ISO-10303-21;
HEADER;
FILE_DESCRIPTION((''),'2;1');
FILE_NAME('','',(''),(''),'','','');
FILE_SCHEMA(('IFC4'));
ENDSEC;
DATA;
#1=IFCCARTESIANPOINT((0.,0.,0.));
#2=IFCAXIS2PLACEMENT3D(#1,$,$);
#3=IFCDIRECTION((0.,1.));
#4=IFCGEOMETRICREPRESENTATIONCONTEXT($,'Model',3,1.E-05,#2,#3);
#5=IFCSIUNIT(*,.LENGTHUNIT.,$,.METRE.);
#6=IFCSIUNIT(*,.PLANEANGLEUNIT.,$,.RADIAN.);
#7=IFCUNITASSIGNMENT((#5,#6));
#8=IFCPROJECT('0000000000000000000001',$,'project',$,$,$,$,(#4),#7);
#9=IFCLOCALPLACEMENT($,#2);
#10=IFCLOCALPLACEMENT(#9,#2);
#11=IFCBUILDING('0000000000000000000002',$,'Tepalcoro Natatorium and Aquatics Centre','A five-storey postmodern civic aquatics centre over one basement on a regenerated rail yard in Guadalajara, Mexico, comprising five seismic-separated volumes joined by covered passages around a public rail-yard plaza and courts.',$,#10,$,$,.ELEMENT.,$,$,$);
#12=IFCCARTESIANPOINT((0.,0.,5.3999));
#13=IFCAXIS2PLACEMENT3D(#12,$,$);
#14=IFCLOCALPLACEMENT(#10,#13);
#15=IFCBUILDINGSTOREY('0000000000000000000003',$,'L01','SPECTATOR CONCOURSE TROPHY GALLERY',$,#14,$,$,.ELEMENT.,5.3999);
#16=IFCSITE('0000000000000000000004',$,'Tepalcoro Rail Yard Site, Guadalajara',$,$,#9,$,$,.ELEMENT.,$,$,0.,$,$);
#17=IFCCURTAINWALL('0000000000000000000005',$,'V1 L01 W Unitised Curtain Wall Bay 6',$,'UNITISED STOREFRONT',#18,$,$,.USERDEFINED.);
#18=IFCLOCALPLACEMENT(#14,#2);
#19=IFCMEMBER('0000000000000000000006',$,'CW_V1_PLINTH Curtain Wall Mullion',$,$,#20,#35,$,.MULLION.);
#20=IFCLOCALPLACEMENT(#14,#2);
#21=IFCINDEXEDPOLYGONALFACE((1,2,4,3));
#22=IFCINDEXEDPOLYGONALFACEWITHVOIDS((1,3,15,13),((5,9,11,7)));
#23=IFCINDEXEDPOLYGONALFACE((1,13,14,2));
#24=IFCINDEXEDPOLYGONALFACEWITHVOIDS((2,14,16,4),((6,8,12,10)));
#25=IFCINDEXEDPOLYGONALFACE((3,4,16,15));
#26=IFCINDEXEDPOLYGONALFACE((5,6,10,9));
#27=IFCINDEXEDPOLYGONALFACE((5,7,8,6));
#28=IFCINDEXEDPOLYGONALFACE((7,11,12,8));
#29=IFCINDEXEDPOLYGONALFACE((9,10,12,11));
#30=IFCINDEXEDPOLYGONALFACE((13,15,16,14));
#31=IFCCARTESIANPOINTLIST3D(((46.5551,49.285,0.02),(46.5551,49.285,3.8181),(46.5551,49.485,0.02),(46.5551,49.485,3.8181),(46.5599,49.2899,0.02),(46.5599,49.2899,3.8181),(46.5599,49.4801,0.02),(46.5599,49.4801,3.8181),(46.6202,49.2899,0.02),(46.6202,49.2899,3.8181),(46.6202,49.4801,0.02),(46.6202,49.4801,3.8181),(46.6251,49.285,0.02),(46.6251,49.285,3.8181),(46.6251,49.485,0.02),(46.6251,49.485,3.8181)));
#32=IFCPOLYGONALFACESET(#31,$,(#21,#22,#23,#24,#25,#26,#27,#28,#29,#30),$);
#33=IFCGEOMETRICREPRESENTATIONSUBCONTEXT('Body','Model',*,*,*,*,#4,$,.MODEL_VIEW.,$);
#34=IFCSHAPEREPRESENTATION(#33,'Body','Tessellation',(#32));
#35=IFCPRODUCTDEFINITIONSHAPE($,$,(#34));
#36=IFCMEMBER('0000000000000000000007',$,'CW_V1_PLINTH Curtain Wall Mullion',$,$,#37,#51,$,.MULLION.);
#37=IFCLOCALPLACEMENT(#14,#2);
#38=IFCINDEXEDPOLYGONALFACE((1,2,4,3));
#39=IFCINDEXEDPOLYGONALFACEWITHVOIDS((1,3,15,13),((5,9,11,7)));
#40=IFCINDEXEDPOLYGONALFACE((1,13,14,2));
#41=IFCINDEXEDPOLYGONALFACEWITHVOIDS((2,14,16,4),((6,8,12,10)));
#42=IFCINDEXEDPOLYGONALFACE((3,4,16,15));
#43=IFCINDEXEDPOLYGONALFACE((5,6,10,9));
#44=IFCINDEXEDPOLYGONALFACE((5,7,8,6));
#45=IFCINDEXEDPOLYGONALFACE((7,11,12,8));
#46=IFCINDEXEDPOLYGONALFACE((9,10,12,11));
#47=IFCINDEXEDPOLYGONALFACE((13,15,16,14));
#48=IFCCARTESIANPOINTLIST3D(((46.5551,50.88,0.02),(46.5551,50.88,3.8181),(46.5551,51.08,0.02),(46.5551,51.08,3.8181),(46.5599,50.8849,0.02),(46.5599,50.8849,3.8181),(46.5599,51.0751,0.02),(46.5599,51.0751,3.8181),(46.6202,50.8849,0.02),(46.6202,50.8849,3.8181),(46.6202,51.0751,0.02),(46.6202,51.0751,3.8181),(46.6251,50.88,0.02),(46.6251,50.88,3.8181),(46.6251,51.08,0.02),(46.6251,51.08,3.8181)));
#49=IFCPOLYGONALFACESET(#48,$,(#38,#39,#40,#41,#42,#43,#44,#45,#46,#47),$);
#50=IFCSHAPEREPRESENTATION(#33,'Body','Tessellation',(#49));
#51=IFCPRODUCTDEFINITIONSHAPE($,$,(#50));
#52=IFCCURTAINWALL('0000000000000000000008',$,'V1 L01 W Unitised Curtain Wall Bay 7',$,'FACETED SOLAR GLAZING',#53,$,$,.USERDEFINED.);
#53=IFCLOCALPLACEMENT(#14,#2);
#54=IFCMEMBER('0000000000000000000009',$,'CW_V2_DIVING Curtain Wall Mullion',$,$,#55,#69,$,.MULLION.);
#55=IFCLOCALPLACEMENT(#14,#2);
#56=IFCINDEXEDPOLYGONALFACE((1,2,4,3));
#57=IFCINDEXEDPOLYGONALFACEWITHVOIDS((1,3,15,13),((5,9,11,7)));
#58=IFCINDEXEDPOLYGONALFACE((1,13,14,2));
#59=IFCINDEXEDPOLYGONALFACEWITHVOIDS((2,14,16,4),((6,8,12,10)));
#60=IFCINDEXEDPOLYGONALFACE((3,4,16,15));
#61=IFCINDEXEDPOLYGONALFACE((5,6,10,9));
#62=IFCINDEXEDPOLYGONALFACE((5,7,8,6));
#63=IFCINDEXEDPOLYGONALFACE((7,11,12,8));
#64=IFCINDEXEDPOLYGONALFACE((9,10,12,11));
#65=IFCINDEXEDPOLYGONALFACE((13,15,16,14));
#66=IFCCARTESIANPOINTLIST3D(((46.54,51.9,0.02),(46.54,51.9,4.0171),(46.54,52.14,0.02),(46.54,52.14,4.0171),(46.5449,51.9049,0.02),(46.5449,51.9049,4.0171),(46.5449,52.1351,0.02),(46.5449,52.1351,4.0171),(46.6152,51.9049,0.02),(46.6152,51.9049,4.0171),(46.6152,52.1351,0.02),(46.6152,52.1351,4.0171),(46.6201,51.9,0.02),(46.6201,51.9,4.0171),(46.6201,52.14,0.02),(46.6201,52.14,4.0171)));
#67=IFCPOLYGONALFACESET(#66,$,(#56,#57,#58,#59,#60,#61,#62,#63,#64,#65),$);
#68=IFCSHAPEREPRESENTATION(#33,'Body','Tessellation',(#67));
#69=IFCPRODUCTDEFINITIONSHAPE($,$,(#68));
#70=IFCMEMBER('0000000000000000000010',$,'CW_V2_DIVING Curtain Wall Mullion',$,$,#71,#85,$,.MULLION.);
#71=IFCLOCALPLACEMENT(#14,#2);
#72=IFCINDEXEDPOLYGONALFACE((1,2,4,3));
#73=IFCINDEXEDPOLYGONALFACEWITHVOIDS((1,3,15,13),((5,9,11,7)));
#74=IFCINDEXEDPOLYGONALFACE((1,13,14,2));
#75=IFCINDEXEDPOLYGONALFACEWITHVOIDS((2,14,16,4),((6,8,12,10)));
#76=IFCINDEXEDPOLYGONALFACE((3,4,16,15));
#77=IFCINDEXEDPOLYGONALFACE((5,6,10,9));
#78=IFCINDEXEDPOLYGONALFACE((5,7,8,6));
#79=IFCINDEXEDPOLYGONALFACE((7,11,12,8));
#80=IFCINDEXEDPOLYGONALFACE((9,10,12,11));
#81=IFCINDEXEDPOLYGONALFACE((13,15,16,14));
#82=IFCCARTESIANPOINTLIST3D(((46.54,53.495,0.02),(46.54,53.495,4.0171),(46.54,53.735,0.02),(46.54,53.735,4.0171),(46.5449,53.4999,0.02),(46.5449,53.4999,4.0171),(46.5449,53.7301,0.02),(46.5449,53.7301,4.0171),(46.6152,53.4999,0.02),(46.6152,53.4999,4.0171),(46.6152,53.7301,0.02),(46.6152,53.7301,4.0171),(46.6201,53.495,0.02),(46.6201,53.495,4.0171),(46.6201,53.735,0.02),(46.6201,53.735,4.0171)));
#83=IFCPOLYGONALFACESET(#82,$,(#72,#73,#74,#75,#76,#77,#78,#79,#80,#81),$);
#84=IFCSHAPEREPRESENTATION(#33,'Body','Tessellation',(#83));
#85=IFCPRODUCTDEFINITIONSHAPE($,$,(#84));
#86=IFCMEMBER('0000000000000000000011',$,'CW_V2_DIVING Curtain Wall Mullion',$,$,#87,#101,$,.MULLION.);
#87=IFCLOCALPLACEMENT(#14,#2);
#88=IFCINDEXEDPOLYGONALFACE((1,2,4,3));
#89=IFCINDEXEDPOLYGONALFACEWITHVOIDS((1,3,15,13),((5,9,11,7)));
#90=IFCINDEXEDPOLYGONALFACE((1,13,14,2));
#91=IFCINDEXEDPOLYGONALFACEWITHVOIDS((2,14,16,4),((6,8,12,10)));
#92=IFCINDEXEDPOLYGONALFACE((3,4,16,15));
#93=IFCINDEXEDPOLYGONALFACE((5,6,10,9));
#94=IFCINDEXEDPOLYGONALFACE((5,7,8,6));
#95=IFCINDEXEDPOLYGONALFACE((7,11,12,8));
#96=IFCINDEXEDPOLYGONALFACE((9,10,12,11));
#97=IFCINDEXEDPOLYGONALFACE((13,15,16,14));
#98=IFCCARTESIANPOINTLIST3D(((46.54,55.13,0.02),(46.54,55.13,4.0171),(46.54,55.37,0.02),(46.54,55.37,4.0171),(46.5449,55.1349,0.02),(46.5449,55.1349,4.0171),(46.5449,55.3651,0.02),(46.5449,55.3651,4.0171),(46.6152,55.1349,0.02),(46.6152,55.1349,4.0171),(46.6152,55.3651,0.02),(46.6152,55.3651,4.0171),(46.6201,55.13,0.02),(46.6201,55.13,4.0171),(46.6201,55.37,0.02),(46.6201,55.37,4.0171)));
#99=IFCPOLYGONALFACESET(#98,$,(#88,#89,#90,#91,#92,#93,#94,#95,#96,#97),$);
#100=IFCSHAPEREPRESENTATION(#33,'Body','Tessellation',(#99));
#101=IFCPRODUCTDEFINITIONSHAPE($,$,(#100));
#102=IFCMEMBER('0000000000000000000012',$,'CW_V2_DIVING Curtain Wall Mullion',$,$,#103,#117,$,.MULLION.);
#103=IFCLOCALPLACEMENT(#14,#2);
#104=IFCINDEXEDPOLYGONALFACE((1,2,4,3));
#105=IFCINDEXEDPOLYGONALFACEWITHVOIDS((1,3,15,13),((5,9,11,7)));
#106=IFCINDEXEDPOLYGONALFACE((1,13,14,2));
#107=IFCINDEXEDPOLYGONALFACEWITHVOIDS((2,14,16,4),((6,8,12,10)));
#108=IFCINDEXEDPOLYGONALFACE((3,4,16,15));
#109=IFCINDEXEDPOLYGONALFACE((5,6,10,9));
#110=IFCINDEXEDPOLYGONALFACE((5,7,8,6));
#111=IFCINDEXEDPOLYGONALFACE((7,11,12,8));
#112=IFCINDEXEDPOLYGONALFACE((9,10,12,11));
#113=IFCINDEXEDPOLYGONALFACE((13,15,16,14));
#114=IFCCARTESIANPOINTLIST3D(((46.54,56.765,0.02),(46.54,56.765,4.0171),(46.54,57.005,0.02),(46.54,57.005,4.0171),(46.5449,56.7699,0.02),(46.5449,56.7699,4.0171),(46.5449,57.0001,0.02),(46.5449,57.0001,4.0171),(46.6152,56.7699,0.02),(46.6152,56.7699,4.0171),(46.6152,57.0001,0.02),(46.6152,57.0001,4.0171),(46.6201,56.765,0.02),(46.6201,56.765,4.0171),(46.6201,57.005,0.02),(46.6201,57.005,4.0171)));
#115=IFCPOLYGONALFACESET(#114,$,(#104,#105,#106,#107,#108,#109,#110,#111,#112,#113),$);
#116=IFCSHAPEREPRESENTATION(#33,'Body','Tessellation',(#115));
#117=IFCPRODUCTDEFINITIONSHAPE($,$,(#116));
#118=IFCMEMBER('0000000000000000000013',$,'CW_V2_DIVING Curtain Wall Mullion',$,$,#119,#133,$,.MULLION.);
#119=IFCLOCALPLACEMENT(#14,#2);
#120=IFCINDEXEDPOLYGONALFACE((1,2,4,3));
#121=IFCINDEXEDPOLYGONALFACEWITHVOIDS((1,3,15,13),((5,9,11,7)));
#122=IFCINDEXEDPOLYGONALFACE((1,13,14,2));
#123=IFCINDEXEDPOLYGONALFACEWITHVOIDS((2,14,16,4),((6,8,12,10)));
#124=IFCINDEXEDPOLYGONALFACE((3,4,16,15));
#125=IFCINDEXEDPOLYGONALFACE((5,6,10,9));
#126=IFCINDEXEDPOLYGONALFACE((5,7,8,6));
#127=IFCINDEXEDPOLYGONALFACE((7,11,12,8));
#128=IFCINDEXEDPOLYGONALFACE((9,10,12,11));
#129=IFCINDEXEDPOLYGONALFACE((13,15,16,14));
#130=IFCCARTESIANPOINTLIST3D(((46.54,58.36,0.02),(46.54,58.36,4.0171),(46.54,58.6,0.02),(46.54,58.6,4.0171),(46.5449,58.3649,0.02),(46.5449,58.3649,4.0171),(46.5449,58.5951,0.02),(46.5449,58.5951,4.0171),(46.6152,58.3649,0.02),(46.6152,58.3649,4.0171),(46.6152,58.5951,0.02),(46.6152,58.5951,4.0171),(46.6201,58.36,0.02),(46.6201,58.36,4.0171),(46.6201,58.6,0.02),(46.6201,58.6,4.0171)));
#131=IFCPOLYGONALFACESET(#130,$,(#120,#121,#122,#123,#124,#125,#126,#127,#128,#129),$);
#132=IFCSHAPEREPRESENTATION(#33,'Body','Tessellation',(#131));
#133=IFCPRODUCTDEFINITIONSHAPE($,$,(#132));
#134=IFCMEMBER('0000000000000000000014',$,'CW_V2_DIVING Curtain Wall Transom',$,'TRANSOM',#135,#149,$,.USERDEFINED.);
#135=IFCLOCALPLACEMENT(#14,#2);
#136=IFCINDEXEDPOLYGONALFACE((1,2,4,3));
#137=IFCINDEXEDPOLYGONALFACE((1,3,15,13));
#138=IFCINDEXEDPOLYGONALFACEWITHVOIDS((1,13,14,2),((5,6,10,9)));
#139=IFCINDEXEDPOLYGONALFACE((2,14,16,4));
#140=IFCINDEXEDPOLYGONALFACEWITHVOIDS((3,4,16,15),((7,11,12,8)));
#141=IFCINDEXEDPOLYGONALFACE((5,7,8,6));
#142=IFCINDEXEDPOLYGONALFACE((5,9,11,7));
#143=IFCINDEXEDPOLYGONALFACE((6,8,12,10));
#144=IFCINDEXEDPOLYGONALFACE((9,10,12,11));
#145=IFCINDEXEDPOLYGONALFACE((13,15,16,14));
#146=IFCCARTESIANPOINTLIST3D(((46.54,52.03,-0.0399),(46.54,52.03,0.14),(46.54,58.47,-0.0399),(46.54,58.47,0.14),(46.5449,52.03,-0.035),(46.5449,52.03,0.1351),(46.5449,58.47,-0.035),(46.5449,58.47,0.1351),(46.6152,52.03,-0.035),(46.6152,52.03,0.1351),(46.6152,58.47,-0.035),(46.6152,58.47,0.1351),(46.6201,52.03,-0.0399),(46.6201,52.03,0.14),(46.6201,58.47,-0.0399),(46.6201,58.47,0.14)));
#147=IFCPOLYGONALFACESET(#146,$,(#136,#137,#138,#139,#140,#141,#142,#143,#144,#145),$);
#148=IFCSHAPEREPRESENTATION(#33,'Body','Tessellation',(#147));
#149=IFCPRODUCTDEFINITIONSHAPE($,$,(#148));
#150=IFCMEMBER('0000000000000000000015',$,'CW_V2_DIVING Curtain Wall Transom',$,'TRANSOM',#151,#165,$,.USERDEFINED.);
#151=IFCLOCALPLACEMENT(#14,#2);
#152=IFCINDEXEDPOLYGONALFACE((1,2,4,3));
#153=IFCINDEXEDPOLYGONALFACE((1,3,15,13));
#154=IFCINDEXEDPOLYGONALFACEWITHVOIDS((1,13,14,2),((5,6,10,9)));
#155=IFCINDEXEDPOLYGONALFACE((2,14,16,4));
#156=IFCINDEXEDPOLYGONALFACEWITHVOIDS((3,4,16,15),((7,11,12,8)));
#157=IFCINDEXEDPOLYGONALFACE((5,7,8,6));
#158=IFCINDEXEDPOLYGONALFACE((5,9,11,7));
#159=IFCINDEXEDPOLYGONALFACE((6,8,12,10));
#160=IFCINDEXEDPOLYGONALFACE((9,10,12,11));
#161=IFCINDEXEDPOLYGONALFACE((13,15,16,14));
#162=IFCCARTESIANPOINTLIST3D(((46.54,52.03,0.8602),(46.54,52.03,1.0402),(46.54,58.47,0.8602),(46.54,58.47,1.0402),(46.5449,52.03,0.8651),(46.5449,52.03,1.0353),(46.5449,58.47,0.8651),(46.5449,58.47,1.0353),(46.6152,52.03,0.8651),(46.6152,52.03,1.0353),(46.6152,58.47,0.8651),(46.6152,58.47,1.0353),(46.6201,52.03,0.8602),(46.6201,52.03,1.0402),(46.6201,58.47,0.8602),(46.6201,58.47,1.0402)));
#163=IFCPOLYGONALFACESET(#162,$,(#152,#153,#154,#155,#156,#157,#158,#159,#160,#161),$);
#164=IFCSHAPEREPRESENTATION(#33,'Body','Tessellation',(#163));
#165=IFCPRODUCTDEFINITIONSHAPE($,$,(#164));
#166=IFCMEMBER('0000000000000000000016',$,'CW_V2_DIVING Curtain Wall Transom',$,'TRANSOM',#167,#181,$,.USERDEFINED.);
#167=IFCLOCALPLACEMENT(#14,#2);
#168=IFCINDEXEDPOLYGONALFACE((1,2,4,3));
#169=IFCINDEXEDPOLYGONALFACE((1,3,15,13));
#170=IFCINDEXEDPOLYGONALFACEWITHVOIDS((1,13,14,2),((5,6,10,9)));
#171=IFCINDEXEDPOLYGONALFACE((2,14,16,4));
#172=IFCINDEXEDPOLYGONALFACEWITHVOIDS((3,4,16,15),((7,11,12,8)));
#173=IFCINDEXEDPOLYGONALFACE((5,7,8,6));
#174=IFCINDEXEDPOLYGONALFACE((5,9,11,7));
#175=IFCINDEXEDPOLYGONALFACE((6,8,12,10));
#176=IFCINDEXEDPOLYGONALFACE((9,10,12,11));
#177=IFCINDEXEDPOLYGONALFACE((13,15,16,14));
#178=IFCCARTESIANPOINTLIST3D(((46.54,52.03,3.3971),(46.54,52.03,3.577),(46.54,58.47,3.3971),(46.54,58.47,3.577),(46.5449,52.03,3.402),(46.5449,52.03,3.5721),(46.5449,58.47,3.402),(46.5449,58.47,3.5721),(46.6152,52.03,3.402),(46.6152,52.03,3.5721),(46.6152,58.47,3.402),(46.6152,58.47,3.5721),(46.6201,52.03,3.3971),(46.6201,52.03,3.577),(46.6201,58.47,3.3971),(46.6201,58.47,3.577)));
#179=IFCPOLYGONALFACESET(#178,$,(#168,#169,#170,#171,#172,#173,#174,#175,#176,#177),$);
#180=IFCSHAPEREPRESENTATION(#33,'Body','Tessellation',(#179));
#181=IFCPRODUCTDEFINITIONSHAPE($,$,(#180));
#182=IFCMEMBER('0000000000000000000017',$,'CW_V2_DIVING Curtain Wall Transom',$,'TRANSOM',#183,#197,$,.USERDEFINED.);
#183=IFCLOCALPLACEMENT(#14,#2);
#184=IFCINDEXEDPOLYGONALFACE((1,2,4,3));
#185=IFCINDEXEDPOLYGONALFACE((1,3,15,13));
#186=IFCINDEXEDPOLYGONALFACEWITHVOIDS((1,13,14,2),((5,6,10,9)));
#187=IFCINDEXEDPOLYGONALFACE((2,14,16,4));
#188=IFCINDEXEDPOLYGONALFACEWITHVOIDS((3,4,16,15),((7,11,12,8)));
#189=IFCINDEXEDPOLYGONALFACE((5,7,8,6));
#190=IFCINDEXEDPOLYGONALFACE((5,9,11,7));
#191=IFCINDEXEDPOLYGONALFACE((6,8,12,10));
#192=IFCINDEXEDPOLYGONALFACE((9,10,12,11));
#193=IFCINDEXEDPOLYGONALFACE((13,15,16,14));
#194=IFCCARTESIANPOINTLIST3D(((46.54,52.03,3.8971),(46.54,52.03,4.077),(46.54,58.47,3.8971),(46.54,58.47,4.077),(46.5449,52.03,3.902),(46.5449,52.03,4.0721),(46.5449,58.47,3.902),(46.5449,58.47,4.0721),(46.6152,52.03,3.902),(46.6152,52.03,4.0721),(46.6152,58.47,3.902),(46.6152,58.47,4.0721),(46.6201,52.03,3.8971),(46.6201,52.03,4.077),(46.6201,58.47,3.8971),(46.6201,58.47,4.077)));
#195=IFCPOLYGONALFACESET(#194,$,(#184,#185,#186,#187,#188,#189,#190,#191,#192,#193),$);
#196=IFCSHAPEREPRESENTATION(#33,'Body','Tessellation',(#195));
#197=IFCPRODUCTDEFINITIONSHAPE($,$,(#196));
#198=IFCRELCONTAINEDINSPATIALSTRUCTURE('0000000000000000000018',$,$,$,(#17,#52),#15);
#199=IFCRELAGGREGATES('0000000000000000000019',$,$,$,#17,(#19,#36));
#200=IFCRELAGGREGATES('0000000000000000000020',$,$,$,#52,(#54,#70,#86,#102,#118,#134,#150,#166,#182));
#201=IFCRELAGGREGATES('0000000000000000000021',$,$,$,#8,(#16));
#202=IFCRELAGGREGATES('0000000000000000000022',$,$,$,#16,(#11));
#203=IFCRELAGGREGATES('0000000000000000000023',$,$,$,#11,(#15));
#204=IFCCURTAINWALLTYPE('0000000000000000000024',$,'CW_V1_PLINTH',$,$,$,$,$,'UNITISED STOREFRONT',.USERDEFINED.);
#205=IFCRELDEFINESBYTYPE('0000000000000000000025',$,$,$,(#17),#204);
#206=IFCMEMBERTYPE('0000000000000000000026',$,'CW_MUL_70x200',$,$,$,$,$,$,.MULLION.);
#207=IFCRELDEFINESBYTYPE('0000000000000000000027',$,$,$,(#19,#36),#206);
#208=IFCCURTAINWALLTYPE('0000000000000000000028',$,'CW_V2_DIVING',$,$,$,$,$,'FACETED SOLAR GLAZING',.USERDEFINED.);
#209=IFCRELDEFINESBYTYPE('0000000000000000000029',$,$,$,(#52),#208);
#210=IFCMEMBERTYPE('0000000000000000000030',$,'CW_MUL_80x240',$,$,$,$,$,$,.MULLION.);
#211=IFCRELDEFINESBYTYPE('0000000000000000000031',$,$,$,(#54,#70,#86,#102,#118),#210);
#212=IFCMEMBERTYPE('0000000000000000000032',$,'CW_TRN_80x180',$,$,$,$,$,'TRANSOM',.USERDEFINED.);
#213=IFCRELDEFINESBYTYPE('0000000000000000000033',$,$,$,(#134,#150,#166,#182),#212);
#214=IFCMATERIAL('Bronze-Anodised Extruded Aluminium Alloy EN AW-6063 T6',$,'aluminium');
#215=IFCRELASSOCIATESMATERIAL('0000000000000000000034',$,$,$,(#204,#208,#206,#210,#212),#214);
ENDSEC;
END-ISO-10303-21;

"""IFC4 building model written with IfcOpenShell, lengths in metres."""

from ifc_helpers import new_model, si_unit, direction, frame, origin, origin_2d, place, context, subcontext, project, spatial, hollow_rectangle, extrude, material, material_profile, profile_set, type_object, element, aggregate, save


model = new_model("IFC4")

# Units and contexts
model_context = context("Model", 3, precision=1e-05, world=origin(), true_north=direction((0.0, 1.0)))
body_context = subcontext(model_context, "Body", "Model", "MODEL_VIEW")
ifc_project = project(units=[si_unit("LENGTHUNIT", "METRE"), si_unit("PLANEANGLEUNIT", "RADIAN")], contexts=[model_context])

# Site, building, storey
site_placement = place(None, origin())
site = spatial("IfcSite", under=ifc_project, at=site_placement, Name="Tepalcoro Rail Yard Site, Guadalajara", CompositionType="ELEMENT", RefElevation=0.0)
building_placement = place(site_placement, origin())
building = spatial("IfcBuilding", under=site, at=building_placement, Name="Tepalcoro Natatorium and Aquatics Centre", Description="A five-storey postmodern civic aquatics centre over one basement on a regenerated rail yard in Guadalajara, Mexico, comprising five seismic-separated volumes joined by covered passages around a public rail-yard plaza and courts.", CompositionType="ELEMENT")
storey_placement = place(building_placement, frame((0.0, 0.0, 5.3999)))
storey = spatial("IfcBuildingStorey", under=building, at=storey_placement, Name="L01", Description="SPECTATOR CONCOURSE TROPHY GALLERY", CompositionType="ELEMENT", Elevation=5.3999)

# Curtain wall, members
ifc_material_1 = material(Name="Bronze-Anodised Extruded Aluminium Alloy EN AW-6063 T6", Category="aluminium")
curtain_wall_type_1 = type_object("IfcCurtainWallType", Name="CW_V1_PLINTH", ElementType="UNITISED STOREFRONT", PredefinedType="USERDEFINED", material=ifc_material_1)
curtain_wall_1_placement = place(storey_placement, origin())
curtain_wall_1 = element("IfcCurtainWall", 1, at=curtain_wall_1_placement, inside=storey, type_object=curtain_wall_type_1, Name="V1 L01 W Unitised Curtain Wall Bay 6", ObjectType="UNITISED STOREFRONT", PredefinedType="USERDEFINED")
ifc_material_profile_1 = material_profile(ifc_material_1, hollow_rectangle(XDim=0.0701, YDim=0.2, WallThickness=0.0049, at=origin_2d()), Name="AL70X200X5")
ifc_profile_set_1 = profile_set([ifc_material_profile_1], Name="Bronze-Anodised Extruded Aluminium Alloy EN AW-6063 T6")
member_type_1 = type_object("IfcMemberType", Name="CW_MUL_70x200", PredefinedType="MULLION", material=ifc_profile_set_1)
member_1_placement = place(storey_placement, frame((46.5901, 49.385, 0.02), z_axis=(0.0, 0.0, 1.0), x_axis=(1.0, 0.0, 0.0)))
member_1 = element("IfcMember", 2, at=member_1_placement, type_object=member_type_1, Name="CW_V1_PLINTH Curtain Wall Mullion", PredefinedType="MULLION", context=body_context, shape_type="SweptSolid", body=[
    extrude(hollow_rectangle(XDim=0.0701, YDim=0.2, WallThickness=0.0049, at=origin_2d()), origin(), (0.0, 0.0, 1.0), 3.7981),
])
member_2_placement = place(storey_placement, frame((46.5901, 50.98, 0.02), z_axis=(0.0, 0.0, 1.0), x_axis=(1.0, 0.0, 0.0)))
member_2 = element("IfcMember", 3, at=member_2_placement, type_object=member_type_1, Name="CW_V1_PLINTH Curtain Wall Mullion", PredefinedType="MULLION", context=body_context, shape_type="SweptSolid", body=[
    extrude(hollow_rectangle(XDim=0.0701, YDim=0.2, WallThickness=0.0049, at=origin_2d()), origin(), (0.0, 0.0, 1.0), 3.7981),
])

# Curtain wall, members
curtain_wall_type_2 = type_object("IfcCurtainWallType", Name="CW_V2_DIVING", ElementType="FACETED SOLAR GLAZING", PredefinedType="USERDEFINED", material=ifc_material_1)
curtain_wall_2_placement = place(storey_placement, origin())
curtain_wall_2 = element("IfcCurtainWall", 4, at=curtain_wall_2_placement, inside=storey, type_object=curtain_wall_type_2, Name="V1 L01 W Unitised Curtain Wall Bay 7", ObjectType="FACETED SOLAR GLAZING", PredefinedType="USERDEFINED")
ifc_material_profile_2 = material_profile(ifc_material_1, hollow_rectangle(XDim=0.0801, YDim=0.24, WallThickness=0.0049, at=origin_2d()), Name="AL80X240X5")
ifc_profile_set_2 = profile_set([ifc_material_profile_2], Name="Bronze-Anodised Extruded Aluminium Alloy EN AW-6063 T6")
member_type_2 = type_object("IfcMemberType", Name="CW_MUL_80x240", PredefinedType="MULLION", material=ifc_profile_set_2)
member_3_placement = place(storey_placement, frame((46.5801, 52.02, 0.02), z_axis=(0.0, 0.0, 1.0), x_axis=(1.0, 0.0, 0.0)))
member_3 = element("IfcMember", 5, at=member_3_placement, type_object=member_type_2, Name="CW_V2_DIVING Curtain Wall Mullion", PredefinedType="MULLION", context=body_context, shape_type="SweptSolid", body=[
    extrude(hollow_rectangle(XDim=0.0801, YDim=0.24, WallThickness=0.0049, at=origin_2d()), origin(), (0.0, 0.0, 1.0), 3.9971),
])
member_4_placement = place(storey_placement, frame((46.5801, 53.615, 0.02), z_axis=(0.0, 0.0, 1.0), x_axis=(1.0, 0.0, 0.0)))
member_4 = element("IfcMember", 6, at=member_4_placement, type_object=member_type_2, Name="CW_V2_DIVING Curtain Wall Mullion", PredefinedType="MULLION", context=body_context, shape_type="SweptSolid", body=[
    extrude(hollow_rectangle(XDim=0.0801, YDim=0.24, WallThickness=0.0049, at=origin_2d()), origin(), (0.0, 0.0, 1.0), 3.9971),
])
member_5_placement = place(storey_placement, frame((46.5801, 55.25, 0.02), z_axis=(0.0, 0.0, 1.0), x_axis=(1.0, 0.0, 0.0)))
member_5 = element("IfcMember", 7, at=member_5_placement, type_object=member_type_2, Name="CW_V2_DIVING Curtain Wall Mullion", PredefinedType="MULLION", context=body_context, shape_type="SweptSolid", body=[
    extrude(hollow_rectangle(XDim=0.0801, YDim=0.24, WallThickness=0.0049, at=origin_2d()), origin(), (0.0, 0.0, 1.0), 3.9971),
])
member_6_placement = place(storey_placement, frame((46.5801, 56.885, 0.02), z_axis=(0.0, 0.0, 1.0), x_axis=(1.0, 0.0, 0.0)))
member_6 = element("IfcMember", 8, at=member_6_placement, type_object=member_type_2, Name="CW_V2_DIVING Curtain Wall Mullion", PredefinedType="MULLION", context=body_context, shape_type="SweptSolid", body=[
    extrude(hollow_rectangle(XDim=0.0801, YDim=0.24, WallThickness=0.0049, at=origin_2d()), origin(), (0.0, 0.0, 1.0), 3.9971),
])
member_7_placement = place(storey_placement, frame((46.5801, 58.48, 0.02), z_axis=(0.0, 0.0, 1.0), x_axis=(1.0, 0.0, 0.0)))
member_7 = element("IfcMember", 9, at=member_7_placement, type_object=member_type_2, Name="CW_V2_DIVING Curtain Wall Mullion", PredefinedType="MULLION", context=body_context, shape_type="SweptSolid", body=[
    extrude(hollow_rectangle(XDim=0.0801, YDim=0.24, WallThickness=0.0049, at=origin_2d()), origin(), (0.0, 0.0, 1.0), 3.9971),
])
ifc_material_profile_3 = material_profile(ifc_material_1, hollow_rectangle(XDim=0.0801, YDim=0.1799, WallThickness=0.0049, at=origin_2d()), Name="AL80X180X5")
ifc_profile_set_3 = profile_set([ifc_material_profile_3], Name="Bronze-Anodised Extruded Aluminium Alloy EN AW-6063 T6")
member_type_3 = type_object("IfcMemberType", Name="CW_TRN_80x180", ElementType="TRANSOM", PredefinedType="USERDEFINED", material=ifc_profile_set_3)
member_8_placement = place(storey_placement, frame((46.5801, 52.03, 0.05), z_axis=(0.0, 1.0, 0.0), x_axis=(-1.0, 0.0, 0.0)))
member_8 = element("IfcMember", 10, at=member_8_placement, type_object=member_type_3, Name="CW_V2_DIVING Curtain Wall Transom", ObjectType="TRANSOM", PredefinedType="USERDEFINED", context=body_context, shape_type="SweptSolid", body=[
    extrude(hollow_rectangle(XDim=0.0801, YDim=0.1799, WallThickness=0.0049, at=origin_2d()), origin(), (0.0, 0.0, 1.0), 6.4399),
])
member_9_placement = place(storey_placement, frame((46.5801, 52.03, 0.9502), z_axis=(0.0, 1.0, 0.0), x_axis=(-1.0, 0.0, 0.0)))
member_9 = element("IfcMember", 11, at=member_9_placement, type_object=member_type_3, Name="CW_V2_DIVING Curtain Wall Transom", ObjectType="TRANSOM", PredefinedType="USERDEFINED", context=body_context, shape_type="SweptSolid", body=[
    extrude(hollow_rectangle(XDim=0.0801, YDim=0.1799, WallThickness=0.0049, at=origin_2d()), origin(), (0.0, 0.0, 1.0), 6.4399),
])
member_10_placement = place(storey_placement, frame((46.5801, 52.03, 3.4871), z_axis=(0.0, 1.0, 0.0), x_axis=(-1.0, 0.0, 0.0)))
member_10 = element("IfcMember", 12, at=member_10_placement, type_object=member_type_3, Name="CW_V2_DIVING Curtain Wall Transom", ObjectType="TRANSOM", PredefinedType="USERDEFINED", context=body_context, shape_type="SweptSolid", body=[
    extrude(hollow_rectangle(XDim=0.0801, YDim=0.1799, WallThickness=0.0049, at=origin_2d()), origin(), (0.0, 0.0, 1.0), 6.4399),
])
member_11_placement = place(storey_placement, frame((46.5801, 52.03, 3.9871), z_axis=(0.0, 1.0, 0.0), x_axis=(-1.0, 0.0, 0.0)))
member_11 = element("IfcMember", 13, at=member_11_placement, type_object=member_type_3, Name="CW_V2_DIVING Curtain Wall Transom", ObjectType="TRANSOM", PredefinedType="USERDEFINED", context=body_context, shape_type="SweptSolid", body=[
    extrude(hollow_rectangle(XDim=0.0801, YDim=0.1799, WallThickness=0.0049, at=origin_2d()), origin(), (0.0, 0.0, 1.0), 6.4399),
])

aggregate(curtain_wall_1, [member_1, member_2])
aggregate(curtain_wall_2, [member_3, member_4, member_5, member_6, member_7, member_8, member_9, member_10, member_11])

save(model, "model.ifc")
